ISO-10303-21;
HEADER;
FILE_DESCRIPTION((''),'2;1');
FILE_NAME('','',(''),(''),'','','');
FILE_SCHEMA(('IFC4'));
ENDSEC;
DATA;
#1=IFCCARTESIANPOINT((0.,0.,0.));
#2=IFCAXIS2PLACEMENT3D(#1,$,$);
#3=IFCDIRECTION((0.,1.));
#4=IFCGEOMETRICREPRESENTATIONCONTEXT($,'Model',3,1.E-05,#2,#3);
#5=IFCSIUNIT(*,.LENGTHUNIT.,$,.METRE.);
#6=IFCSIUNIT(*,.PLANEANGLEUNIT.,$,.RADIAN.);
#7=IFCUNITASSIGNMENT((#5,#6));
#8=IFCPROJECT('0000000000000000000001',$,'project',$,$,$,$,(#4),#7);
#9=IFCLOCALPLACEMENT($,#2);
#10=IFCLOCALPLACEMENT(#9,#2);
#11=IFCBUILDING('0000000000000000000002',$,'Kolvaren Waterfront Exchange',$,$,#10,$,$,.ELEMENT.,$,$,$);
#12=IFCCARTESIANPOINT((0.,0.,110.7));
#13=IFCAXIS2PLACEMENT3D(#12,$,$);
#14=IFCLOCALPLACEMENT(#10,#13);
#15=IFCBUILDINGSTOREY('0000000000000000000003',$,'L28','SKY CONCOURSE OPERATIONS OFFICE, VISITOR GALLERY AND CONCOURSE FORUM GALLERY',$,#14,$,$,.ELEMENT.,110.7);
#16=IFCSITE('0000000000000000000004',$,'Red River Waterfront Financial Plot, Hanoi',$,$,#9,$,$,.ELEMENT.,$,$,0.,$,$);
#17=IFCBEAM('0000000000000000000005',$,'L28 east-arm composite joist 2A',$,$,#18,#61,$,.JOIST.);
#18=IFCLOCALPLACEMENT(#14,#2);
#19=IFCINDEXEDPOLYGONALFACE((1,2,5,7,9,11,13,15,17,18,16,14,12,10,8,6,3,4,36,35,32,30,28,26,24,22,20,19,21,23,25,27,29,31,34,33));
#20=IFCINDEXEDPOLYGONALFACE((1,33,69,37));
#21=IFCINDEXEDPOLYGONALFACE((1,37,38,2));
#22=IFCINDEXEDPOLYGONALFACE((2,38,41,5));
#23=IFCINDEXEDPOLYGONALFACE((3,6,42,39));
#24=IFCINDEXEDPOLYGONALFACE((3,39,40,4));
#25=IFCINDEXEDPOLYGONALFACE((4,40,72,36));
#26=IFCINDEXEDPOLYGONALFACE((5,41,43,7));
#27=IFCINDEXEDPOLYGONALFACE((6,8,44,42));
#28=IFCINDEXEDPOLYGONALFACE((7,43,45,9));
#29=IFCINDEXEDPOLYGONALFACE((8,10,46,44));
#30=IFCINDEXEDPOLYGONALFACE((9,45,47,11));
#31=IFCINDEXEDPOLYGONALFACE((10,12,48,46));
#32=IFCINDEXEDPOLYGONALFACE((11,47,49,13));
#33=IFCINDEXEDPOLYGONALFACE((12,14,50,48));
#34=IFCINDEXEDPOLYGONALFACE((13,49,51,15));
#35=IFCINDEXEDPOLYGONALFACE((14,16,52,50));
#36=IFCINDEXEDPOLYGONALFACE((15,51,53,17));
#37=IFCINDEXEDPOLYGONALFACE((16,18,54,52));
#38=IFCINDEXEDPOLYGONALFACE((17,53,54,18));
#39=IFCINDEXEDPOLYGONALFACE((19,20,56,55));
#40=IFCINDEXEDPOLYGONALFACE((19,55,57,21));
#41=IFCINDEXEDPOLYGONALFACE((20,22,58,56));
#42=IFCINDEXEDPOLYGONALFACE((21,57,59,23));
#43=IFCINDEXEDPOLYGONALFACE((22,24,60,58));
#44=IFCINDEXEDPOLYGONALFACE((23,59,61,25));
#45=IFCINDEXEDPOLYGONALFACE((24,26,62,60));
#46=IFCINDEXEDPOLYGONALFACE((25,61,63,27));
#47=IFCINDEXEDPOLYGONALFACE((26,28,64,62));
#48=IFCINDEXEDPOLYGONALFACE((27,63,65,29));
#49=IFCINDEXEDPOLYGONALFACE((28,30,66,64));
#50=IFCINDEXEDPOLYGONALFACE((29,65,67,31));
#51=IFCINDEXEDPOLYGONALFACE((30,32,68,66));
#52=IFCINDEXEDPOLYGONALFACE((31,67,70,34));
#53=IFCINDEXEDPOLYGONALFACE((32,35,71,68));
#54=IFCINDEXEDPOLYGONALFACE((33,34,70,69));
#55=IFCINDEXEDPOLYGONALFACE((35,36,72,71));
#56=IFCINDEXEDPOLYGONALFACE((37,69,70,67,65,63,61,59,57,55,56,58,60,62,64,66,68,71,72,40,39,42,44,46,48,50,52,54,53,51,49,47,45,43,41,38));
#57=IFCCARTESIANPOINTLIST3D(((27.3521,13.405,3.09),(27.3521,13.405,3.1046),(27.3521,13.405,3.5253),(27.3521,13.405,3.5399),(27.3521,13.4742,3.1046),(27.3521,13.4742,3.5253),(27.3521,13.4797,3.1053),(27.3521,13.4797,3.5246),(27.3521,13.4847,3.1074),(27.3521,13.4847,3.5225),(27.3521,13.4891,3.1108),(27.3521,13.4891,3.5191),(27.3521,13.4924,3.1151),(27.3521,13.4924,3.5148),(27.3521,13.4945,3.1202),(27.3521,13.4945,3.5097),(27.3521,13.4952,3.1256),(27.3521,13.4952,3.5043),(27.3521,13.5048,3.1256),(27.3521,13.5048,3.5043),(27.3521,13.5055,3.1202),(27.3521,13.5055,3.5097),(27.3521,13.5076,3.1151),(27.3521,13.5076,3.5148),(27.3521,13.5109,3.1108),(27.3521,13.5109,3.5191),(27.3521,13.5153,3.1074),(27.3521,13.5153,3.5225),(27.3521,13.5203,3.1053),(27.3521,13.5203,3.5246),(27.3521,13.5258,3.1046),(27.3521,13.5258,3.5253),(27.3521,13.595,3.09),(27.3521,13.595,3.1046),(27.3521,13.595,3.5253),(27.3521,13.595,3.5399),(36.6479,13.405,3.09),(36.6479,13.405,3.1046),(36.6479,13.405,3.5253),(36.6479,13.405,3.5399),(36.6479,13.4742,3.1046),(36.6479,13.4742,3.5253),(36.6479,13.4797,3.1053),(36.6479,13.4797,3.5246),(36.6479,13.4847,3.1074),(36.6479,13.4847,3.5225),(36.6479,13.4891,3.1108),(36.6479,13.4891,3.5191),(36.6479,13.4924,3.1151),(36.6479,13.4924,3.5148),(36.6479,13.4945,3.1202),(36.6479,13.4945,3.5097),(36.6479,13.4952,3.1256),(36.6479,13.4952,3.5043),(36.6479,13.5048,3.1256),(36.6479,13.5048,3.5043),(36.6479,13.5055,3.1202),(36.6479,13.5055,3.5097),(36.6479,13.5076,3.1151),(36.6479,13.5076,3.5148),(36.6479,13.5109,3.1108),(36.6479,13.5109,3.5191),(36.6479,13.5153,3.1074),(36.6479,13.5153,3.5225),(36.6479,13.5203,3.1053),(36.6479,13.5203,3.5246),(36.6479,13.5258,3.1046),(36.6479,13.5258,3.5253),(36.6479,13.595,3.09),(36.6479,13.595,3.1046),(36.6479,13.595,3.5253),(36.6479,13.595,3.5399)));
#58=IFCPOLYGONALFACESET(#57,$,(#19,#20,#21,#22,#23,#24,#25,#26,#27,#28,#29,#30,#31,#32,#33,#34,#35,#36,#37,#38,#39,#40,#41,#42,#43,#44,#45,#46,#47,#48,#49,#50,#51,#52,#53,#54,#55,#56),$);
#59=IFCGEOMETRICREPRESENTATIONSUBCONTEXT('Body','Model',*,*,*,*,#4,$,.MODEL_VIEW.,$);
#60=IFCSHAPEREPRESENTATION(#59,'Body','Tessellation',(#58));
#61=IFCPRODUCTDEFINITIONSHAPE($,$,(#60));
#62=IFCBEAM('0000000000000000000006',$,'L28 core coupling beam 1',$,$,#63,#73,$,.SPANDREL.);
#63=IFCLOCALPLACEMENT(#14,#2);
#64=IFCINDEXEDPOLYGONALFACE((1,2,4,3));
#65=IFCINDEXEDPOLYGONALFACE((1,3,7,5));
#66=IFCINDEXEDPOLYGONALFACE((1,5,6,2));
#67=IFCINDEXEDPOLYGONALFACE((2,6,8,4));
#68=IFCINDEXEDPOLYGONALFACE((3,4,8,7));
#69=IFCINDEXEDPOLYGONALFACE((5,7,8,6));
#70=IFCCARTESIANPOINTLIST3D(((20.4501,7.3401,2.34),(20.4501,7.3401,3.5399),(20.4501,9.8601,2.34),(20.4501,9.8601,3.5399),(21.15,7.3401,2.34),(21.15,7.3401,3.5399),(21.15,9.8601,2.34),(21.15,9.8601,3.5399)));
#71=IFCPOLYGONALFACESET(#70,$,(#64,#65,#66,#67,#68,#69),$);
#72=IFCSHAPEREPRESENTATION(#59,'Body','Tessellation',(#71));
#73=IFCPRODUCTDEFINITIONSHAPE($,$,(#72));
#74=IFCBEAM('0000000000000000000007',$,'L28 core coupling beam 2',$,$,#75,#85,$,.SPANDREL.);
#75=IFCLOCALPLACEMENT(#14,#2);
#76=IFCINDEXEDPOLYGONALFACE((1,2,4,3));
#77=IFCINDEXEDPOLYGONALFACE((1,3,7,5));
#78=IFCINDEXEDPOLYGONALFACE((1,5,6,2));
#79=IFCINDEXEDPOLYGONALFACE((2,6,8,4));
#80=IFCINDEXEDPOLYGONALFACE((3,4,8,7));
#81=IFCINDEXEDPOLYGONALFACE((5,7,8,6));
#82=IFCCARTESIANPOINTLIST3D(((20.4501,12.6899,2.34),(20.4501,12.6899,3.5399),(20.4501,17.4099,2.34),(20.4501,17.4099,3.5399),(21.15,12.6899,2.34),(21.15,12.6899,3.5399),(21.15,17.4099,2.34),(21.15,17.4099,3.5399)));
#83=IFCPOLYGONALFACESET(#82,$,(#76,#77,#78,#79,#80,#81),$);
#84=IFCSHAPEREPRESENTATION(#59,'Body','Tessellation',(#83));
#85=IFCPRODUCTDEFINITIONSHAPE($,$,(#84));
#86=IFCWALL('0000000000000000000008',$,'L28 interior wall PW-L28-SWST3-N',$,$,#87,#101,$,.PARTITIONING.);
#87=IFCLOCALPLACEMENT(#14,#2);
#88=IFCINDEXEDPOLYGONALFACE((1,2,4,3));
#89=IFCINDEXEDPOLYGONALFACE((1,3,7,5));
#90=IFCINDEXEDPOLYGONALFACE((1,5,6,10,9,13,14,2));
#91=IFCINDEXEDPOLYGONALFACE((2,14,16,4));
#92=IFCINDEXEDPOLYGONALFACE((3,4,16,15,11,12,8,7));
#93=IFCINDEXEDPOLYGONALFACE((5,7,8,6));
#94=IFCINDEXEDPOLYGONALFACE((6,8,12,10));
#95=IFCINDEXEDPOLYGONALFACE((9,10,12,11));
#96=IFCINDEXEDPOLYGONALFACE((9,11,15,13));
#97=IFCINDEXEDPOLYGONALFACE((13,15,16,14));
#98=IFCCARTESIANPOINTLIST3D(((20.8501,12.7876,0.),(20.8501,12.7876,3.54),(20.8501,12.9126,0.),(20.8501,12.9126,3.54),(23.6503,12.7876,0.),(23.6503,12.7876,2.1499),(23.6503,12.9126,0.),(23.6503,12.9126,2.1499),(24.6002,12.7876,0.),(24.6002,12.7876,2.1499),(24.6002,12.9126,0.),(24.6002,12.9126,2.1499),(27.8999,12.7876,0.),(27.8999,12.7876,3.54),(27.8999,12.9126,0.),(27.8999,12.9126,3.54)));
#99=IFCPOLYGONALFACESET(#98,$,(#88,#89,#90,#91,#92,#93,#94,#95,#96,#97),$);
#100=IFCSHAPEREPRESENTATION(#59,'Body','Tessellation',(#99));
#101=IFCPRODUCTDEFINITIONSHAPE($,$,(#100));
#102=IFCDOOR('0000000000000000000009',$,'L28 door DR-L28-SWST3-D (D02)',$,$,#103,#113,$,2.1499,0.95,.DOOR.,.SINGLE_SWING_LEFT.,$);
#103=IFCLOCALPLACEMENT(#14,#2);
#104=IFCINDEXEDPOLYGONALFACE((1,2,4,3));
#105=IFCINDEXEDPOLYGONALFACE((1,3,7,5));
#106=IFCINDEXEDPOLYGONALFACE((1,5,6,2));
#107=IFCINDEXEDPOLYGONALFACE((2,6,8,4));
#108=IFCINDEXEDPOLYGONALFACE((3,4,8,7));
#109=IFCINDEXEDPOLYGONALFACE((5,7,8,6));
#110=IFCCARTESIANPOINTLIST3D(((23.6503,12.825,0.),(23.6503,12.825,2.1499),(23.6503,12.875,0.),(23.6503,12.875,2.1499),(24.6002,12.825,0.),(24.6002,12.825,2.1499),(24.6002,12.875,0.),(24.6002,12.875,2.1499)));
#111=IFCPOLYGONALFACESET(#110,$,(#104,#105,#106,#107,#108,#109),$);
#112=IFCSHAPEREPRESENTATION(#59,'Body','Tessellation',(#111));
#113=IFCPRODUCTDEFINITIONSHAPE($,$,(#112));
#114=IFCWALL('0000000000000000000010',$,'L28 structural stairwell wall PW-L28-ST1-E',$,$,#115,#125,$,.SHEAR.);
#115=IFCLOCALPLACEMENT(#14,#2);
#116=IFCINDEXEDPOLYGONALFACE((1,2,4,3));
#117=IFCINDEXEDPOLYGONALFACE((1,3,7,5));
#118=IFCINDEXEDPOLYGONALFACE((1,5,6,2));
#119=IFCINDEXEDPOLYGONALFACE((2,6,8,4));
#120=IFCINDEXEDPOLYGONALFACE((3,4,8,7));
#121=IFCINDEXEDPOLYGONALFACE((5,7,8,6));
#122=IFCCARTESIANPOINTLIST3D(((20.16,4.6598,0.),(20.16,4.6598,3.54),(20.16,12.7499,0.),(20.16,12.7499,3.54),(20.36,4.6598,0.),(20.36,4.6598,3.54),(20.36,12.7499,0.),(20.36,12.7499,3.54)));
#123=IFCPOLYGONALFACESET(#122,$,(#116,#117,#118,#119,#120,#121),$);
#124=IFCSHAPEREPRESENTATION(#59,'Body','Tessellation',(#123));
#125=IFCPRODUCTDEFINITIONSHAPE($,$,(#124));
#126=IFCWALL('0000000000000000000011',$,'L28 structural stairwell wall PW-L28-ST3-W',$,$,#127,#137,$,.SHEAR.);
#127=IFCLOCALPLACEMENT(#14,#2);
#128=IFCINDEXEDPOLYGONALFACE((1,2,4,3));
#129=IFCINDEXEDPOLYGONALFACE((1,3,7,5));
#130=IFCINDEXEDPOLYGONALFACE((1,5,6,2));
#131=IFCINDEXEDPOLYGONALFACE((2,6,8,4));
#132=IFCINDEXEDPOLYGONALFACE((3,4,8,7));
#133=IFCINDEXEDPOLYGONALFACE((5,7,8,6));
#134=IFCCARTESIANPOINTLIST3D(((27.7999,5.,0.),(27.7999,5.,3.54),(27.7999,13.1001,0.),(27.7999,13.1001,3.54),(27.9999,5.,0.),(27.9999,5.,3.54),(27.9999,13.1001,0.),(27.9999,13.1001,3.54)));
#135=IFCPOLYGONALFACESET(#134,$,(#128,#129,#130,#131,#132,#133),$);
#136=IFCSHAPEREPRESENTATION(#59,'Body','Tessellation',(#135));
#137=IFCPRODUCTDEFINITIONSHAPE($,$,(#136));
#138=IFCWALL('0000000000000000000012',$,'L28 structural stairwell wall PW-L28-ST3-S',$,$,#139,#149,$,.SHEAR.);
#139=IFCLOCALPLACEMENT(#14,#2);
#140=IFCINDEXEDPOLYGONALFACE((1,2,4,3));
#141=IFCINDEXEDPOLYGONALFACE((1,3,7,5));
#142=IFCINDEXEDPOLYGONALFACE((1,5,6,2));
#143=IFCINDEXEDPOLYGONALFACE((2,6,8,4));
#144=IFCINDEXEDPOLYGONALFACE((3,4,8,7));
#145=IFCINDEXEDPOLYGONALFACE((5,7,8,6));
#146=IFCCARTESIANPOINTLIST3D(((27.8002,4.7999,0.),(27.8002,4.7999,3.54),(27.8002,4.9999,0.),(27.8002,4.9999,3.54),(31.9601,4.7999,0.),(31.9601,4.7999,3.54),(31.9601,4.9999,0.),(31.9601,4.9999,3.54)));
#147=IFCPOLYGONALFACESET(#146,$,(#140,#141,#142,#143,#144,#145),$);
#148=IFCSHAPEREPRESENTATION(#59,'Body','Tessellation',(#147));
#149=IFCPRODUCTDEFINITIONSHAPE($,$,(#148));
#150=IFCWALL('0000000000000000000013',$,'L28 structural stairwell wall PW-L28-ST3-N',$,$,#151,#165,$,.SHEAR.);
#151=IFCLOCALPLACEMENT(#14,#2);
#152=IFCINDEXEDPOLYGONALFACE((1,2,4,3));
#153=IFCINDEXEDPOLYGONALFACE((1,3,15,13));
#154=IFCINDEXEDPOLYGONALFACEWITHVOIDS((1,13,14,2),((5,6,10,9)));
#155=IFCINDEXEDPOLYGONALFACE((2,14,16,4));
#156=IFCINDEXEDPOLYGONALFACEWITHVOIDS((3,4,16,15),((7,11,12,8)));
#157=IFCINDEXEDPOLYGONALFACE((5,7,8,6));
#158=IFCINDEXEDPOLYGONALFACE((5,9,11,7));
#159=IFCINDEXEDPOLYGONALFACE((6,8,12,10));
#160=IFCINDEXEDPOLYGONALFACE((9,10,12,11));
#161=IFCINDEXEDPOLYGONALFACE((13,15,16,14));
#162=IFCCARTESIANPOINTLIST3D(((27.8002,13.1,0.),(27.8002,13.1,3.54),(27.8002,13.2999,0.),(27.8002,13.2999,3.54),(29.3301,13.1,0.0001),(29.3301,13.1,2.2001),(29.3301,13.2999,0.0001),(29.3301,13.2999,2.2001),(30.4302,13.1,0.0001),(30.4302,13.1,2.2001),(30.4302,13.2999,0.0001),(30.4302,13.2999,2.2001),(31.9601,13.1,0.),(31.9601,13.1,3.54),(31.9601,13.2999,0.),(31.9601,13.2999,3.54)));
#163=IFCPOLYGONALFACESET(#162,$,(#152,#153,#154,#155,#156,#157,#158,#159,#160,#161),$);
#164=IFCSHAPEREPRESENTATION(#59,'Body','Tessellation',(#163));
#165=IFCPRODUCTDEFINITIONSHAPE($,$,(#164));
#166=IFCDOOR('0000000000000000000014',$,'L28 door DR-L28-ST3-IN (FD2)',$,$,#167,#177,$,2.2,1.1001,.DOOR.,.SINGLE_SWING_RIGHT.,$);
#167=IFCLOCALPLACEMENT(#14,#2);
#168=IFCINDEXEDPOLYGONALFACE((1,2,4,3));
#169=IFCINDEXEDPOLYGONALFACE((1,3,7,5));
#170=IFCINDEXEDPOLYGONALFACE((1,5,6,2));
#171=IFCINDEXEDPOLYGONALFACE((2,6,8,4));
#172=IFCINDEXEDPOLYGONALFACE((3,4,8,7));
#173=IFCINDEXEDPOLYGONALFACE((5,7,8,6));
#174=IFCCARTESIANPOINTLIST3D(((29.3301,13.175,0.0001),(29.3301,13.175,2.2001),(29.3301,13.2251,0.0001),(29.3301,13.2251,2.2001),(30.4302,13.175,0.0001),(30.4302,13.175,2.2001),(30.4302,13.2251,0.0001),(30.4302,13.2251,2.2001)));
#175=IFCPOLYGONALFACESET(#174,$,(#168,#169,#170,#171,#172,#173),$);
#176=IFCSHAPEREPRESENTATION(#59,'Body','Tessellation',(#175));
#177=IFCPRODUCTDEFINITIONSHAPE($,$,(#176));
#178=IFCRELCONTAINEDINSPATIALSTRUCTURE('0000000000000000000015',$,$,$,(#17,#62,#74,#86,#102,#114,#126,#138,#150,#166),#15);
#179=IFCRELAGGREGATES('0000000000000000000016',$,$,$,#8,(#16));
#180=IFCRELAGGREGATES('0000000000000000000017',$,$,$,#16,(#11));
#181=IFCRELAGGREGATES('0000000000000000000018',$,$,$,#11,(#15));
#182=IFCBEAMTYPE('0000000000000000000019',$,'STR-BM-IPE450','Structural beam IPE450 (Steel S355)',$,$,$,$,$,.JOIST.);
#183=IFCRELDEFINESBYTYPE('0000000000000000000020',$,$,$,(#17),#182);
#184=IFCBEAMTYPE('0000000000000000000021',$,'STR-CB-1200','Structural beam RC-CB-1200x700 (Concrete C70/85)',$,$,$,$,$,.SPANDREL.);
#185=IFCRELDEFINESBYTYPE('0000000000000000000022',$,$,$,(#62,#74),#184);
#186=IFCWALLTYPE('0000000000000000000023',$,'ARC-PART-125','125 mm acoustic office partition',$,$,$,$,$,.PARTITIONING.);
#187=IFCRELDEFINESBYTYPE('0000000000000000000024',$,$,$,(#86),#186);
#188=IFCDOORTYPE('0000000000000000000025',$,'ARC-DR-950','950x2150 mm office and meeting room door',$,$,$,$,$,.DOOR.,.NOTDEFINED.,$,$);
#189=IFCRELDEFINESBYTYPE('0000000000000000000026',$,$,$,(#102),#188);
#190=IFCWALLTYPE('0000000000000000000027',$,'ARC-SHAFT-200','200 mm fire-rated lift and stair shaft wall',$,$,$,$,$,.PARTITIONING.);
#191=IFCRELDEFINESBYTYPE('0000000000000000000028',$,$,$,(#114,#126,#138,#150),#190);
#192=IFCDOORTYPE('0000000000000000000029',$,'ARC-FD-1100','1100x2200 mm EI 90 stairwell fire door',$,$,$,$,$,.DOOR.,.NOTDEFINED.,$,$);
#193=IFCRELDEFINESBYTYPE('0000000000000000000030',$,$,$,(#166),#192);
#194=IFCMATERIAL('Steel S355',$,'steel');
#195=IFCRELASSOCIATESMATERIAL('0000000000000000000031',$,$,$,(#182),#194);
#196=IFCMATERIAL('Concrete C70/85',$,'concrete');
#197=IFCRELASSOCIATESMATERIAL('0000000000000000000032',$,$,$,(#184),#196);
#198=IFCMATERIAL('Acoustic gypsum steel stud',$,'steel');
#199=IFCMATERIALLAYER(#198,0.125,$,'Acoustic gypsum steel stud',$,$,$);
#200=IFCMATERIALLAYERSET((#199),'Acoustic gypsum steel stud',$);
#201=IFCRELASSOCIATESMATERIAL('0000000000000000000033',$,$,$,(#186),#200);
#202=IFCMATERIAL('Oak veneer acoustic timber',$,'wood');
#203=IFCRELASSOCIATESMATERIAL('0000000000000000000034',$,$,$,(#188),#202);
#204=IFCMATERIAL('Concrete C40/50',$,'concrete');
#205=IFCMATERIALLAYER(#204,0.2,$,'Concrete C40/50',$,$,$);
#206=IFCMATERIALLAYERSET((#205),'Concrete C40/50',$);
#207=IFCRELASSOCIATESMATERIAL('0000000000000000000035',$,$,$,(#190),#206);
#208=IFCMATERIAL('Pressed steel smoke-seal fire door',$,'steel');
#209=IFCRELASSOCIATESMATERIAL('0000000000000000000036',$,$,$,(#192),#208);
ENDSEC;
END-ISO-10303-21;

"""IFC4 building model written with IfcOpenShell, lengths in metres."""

from ifc_helpers import new_model, si_unit, direction, frame, frame_2d, origin, origin_2d, place, context, subcontext, project, spatial, rectangle, i_section, extrude, material, layer, layer_set, material_profile, profile_set, type_object, element, fill, save


model = new_model("IFC4")

# Units and contexts
model_context = context("Model", 3, precision=1e-05, world=origin(), true_north=direction((0.0, 1.0)))
body_context = subcontext(model_context, "Body", "Model", "MODEL_VIEW")
ifc_project = project(units=[si_unit("LENGTHUNIT", "METRE"), si_unit("PLANEANGLEUNIT", "RADIAN")], contexts=[model_context])

# Site, building, storey
site_placement = place(None, origin())
site = spatial("IfcSite", under=ifc_project, at=site_placement, Name="Red River Waterfront Financial Plot, Hanoi", CompositionType="ELEMENT", RefElevation=0.0)
building_placement = place(site_placement, origin())
building = spatial("IfcBuilding", under=site, at=building_placement, Name="Kolvaren Waterfront Exchange", CompositionType="ELEMENT")
storey_placement = place(building_placement, frame((0.0, 0.0, 110.7)))
storey = spatial("IfcBuildingStorey", under=building, at=storey_placement, Name="L28", Description="SKY CONCOURSE OPERATIONS OFFICE, VISITOR GALLERY AND CONCOURSE FORUM GALLERY", CompositionType="ELEMENT", Elevation=110.7)

# Beams
ifc_material_1 = material(Name="Steel S355", Category="steel")
ifc_material_profile_1 = material_profile(ifc_material_1, i_section(OverallWidth=0.1899, OverallDepth=0.45, WebThickness=0.0095, FlangeThickness=0.0146, FilletRadius=0.021, at=origin_2d()), Name="IPE450")
ifc_profile_set_1 = profile_set([ifc_material_profile_1], Name="Steel S355")
beam_type_1 = type_object("IfcBeamType", Name="STR-BM-IPE450", Description="Structural beam IPE450 (Steel S355)", PredefinedType="JOIST", material=ifc_profile_set_1)
beam_1_placement = place(storey_placement, frame((27.3521, 13.5, 3.3149), z_axis=(1.0, 0.0, 0.0), x_axis=(0.0, 1.0, 0.0)))
element("IfcBeam", 1, at=beam_1_placement, inside=storey, type_object=beam_type_1, Name="L28 east-arm composite joist 2A", PredefinedType="JOIST", context=body_context, shape_type="SweptSolid", body=[
    extrude(i_section(OverallWidth=0.1899, OverallDepth=0.45, WebThickness=0.0095, FlangeThickness=0.0146, FilletRadius=0.021, at=origin_2d()), origin(), (0.0, 0.0, 1.0), 9.2959),
])
ifc_material_2 = material(Name="Concrete C70/85", Category="concrete")
ifc_material_profile_2 = material_profile(ifc_material_2, rectangle(XDim=0.7, YDim=1.2, at=origin_2d()), Name="RC-CB-1200x700")
ifc_profile_set_2 = profile_set([ifc_material_profile_2], Name="Concrete C70/85")
beam_type_2 = type_object("IfcBeamType", Name="STR-CB-1200", Description="Structural beam RC-CB-1200x700 (Concrete C70/85)", PredefinedType="SPANDREL", material=ifc_profile_set_2)
beam_2_placement = place(storey_placement, frame((20.8, 7.3401, 2.9399), z_axis=(0.0, 1.0, 0.0), x_axis=(-1.0, 0.0, 0.0)))
element("IfcBeam", 2, at=beam_2_placement, inside=storey, type_object=beam_type_2, Name="L28 core coupling beam 1", PredefinedType="SPANDREL", context=body_context, shape_type="SweptSolid", body=[
    extrude(rectangle(XDim=0.7, YDim=1.2, at=origin_2d()), origin(), (0.0, 0.0, 1.0), 2.52),
])
beam_3_placement = place(storey_placement, frame((20.8, 12.6899, 2.9399), z_axis=(0.0, 1.0, 0.0), x_axis=(-1.0, 0.0, 0.0)))
element("IfcBeam", 3, at=beam_3_placement, inside=storey, type_object=beam_type_2, Name="L28 core coupling beam 2", PredefinedType="SPANDREL", context=body_context, shape_type="SweptSolid", body=[
    extrude(rectangle(XDim=0.7, YDim=1.2, at=origin_2d()), origin(), (0.0, 0.0, 1.0), 4.72),
])

# Wall, opening, door
ifc_material_3 = material(Name="Acoustic gypsum steel stud", Category="steel")
ifc_layer_1 = layer(ifc_material_3, 0.125, Name="Acoustic gypsum steel stud")
ifc_layer_set_1 = layer_set([ifc_layer_1], Name="Acoustic gypsum steel stud")
wall_type_1 = type_object("IfcWallType", Name="ARC-PART-125", Description="125 mm acoustic office partition", PredefinedType="PARTITIONING", material=ifc_layer_set_1)
wall_1_placement = place(storey_placement, frame((20.8501, 12.8501, 0.0), z_axis=(0.0, 0.0, 1.0), x_axis=(1.0, 0.0, 0.0)))
wall_1 = element("IfcWall", 4, at=wall_1_placement, inside=storey, type_object=wall_type_1, Name="L28 interior wall PW-L28-SWST3-N", PredefinedType="PARTITIONING", context=body_context, shape_type="SweptSolid", body=[
    extrude(rectangle(XDim=7.0498, YDim=0.125, at=frame_2d((3.5249, 0.0))), origin(), (0.0, 0.0, 1.0), 3.54),
])
opening_1_placement = place(wall_1_placement, frame((2.8, 0.0, 0.0)))
opening_1 = element("IfcOpeningElement", 5, at=opening_1_placement, cuts=wall_1, PredefinedType="OPENING", context=body_context, shape_type="SweptSolid", body=[
    extrude(rectangle(XDim=0.95, YDim=2.1499, at=frame_2d((0.4751, 1.075))), frame((0.0, 0.0725, 0.0), z_axis=(0.0, -1.0, 0.0), x_axis=(1.0, 0.0, 0.0)), (0.0, 0.0, 1.0), 0.145),
])
ifc_material_4 = material(Name="Oak veneer acoustic timber", Category="wood")
door_type_1 = type_object("IfcDoorType", Name="ARC-DR-950", Description="950x2150 mm office and meeting room door", OperationType="NOTDEFINED", PredefinedType="DOOR", material=ifc_material_4)
door_1_placement = place(opening_1_placement, origin())
door_1 = element("IfcDoor", 6, at=door_1_placement, inside=storey, type_object=door_type_1, Name="L28 door DR-L28-SWST3-D (D02)", OperationType="SINGLE_SWING_LEFT", OverallHeight=2.1499, OverallWidth=0.95, PredefinedType="DOOR", context=body_context, shape_type="SweptSolid", body=[
    extrude(rectangle(XDim=0.95, YDim=2.1499, at=frame_2d((0.4751, 1.075))), frame((0.0, 0.0249, 0.0), z_axis=(0.0, -1.0, 0.0), x_axis=(1.0, 0.0, 0.0)), (0.0, 0.0, 1.0), 0.05),
])
fill(opening_1, door_1)

# Walls
ifc_material_5 = material(Name="Concrete C40/50", Category="concrete")
ifc_layer_2 = layer(ifc_material_5, 0.2, Name="Concrete C40/50")
ifc_layer_set_2 = layer_set([ifc_layer_2], Name="Concrete C40/50")
wall_type_2 = type_object("IfcWallType", Name="ARC-SHAFT-200", Description="200 mm fire-rated lift and stair shaft wall", PredefinedType="PARTITIONING", material=ifc_layer_set_2)
wall_2_placement = place(storey_placement, frame((20.26, 4.6599, 0.0), z_axis=(0.0, 0.0, 1.0), x_axis=(0.0, 1.0, 0.0)))
element("IfcWall", 7, at=wall_2_placement, inside=storey, type_object=wall_type_2, Name="L28 structural stairwell wall PW-L28-ST1-E", PredefinedType="SHEAR", context=body_context, shape_type="SweptSolid", body=[
    extrude(rectangle(XDim=8.0901, YDim=0.2, at=frame_2d((4.0449, 0.0))), origin(), (0.0, 0.0, 1.0), 3.54),
])
wall_3_placement = place(storey_placement, frame((27.8999, 5.0, 0.0), z_axis=(0.0, 0.0, 1.0), x_axis=(0.0, 1.0, 0.0)))
element("IfcWall", 8, at=wall_3_placement, inside=storey, type_object=wall_type_2, Name="L28 structural stairwell wall PW-L28-ST3-W", PredefinedType="SHEAR", context=body_context, shape_type="SweptSolid", body=[
    extrude(rectangle(XDim=8.1001, YDim=0.2, at=frame_2d((4.05, 0.0))), origin(), (0.0, 0.0, 1.0), 3.54),
])
wall_4_placement = place(storey_placement, frame((27.8, 4.8999, 0.0), z_axis=(0.0, 0.0, 1.0), x_axis=(1.0, 0.0, 0.0)))
element("IfcWall", 9, at=wall_4_placement, inside=storey, type_object=wall_type_2, Name="L28 structural stairwell wall PW-L28-ST3-S", PredefinedType="SHEAR", context=body_context, shape_type="SweptSolid", body=[
    extrude(rectangle(XDim=4.1599, YDim=0.2, at=frame_2d((2.0801, 0.0))), origin(), (0.0, 0.0, 1.0), 3.54),
])

# Wall, opening, door
wall_5_placement = place(storey_placement, frame((27.8, 13.2, 0.0), z_axis=(0.0, 0.0, 1.0), x_axis=(1.0, 0.0, 0.0)))
wall_5 = element("IfcWall", 10, at=wall_5_placement, inside=storey, type_object=wall_type_2, Name="L28 structural stairwell wall PW-L28-ST3-N", PredefinedType="SHEAR", context=body_context, shape_type="SweptSolid", body=[
    extrude(rectangle(XDim=4.1599, YDim=0.2, at=frame_2d((2.0801, 0.0))), origin(), (0.0, 0.0, 1.0), 3.54),
])
opening_2_placement = place(wall_5_placement, frame((1.53, 0.0, 0.0)))
opening_2 = element("IfcOpeningElement", 11, at=opening_2_placement, cuts=wall_5, PredefinedType="OPENING", context=body_context, shape_type="SweptSolid", body=[
    extrude(rectangle(XDim=1.1001, YDim=2.2, at=frame_2d((0.55, 1.1001))), frame((0.0, 0.1099, 0.0), z_axis=(0.0, -1.0, 0.0), x_axis=(1.0, 0.0, 0.0)), (0.0, 0.0, 1.0), 0.22),
])
ifc_material_6 = material(Name="Pressed steel smoke-seal fire door", Category="steel")
door_type_2 = type_object("IfcDoorType", Name="ARC-FD-1100", Description="1100x2200 mm EI 90 stairwell fire door", OperationType="NOTDEFINED", PredefinedType="DOOR", material=ifc_material_6)
door_2_placement = place(opening_2_placement, frame((1.1001, 0.0, 0.0), z_axis=(0.0, 0.0, 1.0), x_axis=(-1.0, 0.0, 0.0)))
door_2 = element("IfcDoor", 12, at=door_2_placement, inside=storey, type_object=door_type_2, Name="L28 door DR-L28-ST3-IN (FD2)", OperationType="SINGLE_SWING_RIGHT", OverallHeight=2.2, OverallWidth=1.1001, PredefinedType="DOOR", context=body_context, shape_type="SweptSolid", body=[
    extrude(rectangle(XDim=1.1001, YDim=2.2, at=frame_2d((0.55, 1.1001))), frame((0.0, 0.0249, 0.0), z_axis=(0.0, -1.0, 0.0), x_axis=(1.0, 0.0, 0.0)), (0.0, 0.0, 1.0), 0.05),
])
fill(opening_2, door_2)

save(model, "model.ifc")
